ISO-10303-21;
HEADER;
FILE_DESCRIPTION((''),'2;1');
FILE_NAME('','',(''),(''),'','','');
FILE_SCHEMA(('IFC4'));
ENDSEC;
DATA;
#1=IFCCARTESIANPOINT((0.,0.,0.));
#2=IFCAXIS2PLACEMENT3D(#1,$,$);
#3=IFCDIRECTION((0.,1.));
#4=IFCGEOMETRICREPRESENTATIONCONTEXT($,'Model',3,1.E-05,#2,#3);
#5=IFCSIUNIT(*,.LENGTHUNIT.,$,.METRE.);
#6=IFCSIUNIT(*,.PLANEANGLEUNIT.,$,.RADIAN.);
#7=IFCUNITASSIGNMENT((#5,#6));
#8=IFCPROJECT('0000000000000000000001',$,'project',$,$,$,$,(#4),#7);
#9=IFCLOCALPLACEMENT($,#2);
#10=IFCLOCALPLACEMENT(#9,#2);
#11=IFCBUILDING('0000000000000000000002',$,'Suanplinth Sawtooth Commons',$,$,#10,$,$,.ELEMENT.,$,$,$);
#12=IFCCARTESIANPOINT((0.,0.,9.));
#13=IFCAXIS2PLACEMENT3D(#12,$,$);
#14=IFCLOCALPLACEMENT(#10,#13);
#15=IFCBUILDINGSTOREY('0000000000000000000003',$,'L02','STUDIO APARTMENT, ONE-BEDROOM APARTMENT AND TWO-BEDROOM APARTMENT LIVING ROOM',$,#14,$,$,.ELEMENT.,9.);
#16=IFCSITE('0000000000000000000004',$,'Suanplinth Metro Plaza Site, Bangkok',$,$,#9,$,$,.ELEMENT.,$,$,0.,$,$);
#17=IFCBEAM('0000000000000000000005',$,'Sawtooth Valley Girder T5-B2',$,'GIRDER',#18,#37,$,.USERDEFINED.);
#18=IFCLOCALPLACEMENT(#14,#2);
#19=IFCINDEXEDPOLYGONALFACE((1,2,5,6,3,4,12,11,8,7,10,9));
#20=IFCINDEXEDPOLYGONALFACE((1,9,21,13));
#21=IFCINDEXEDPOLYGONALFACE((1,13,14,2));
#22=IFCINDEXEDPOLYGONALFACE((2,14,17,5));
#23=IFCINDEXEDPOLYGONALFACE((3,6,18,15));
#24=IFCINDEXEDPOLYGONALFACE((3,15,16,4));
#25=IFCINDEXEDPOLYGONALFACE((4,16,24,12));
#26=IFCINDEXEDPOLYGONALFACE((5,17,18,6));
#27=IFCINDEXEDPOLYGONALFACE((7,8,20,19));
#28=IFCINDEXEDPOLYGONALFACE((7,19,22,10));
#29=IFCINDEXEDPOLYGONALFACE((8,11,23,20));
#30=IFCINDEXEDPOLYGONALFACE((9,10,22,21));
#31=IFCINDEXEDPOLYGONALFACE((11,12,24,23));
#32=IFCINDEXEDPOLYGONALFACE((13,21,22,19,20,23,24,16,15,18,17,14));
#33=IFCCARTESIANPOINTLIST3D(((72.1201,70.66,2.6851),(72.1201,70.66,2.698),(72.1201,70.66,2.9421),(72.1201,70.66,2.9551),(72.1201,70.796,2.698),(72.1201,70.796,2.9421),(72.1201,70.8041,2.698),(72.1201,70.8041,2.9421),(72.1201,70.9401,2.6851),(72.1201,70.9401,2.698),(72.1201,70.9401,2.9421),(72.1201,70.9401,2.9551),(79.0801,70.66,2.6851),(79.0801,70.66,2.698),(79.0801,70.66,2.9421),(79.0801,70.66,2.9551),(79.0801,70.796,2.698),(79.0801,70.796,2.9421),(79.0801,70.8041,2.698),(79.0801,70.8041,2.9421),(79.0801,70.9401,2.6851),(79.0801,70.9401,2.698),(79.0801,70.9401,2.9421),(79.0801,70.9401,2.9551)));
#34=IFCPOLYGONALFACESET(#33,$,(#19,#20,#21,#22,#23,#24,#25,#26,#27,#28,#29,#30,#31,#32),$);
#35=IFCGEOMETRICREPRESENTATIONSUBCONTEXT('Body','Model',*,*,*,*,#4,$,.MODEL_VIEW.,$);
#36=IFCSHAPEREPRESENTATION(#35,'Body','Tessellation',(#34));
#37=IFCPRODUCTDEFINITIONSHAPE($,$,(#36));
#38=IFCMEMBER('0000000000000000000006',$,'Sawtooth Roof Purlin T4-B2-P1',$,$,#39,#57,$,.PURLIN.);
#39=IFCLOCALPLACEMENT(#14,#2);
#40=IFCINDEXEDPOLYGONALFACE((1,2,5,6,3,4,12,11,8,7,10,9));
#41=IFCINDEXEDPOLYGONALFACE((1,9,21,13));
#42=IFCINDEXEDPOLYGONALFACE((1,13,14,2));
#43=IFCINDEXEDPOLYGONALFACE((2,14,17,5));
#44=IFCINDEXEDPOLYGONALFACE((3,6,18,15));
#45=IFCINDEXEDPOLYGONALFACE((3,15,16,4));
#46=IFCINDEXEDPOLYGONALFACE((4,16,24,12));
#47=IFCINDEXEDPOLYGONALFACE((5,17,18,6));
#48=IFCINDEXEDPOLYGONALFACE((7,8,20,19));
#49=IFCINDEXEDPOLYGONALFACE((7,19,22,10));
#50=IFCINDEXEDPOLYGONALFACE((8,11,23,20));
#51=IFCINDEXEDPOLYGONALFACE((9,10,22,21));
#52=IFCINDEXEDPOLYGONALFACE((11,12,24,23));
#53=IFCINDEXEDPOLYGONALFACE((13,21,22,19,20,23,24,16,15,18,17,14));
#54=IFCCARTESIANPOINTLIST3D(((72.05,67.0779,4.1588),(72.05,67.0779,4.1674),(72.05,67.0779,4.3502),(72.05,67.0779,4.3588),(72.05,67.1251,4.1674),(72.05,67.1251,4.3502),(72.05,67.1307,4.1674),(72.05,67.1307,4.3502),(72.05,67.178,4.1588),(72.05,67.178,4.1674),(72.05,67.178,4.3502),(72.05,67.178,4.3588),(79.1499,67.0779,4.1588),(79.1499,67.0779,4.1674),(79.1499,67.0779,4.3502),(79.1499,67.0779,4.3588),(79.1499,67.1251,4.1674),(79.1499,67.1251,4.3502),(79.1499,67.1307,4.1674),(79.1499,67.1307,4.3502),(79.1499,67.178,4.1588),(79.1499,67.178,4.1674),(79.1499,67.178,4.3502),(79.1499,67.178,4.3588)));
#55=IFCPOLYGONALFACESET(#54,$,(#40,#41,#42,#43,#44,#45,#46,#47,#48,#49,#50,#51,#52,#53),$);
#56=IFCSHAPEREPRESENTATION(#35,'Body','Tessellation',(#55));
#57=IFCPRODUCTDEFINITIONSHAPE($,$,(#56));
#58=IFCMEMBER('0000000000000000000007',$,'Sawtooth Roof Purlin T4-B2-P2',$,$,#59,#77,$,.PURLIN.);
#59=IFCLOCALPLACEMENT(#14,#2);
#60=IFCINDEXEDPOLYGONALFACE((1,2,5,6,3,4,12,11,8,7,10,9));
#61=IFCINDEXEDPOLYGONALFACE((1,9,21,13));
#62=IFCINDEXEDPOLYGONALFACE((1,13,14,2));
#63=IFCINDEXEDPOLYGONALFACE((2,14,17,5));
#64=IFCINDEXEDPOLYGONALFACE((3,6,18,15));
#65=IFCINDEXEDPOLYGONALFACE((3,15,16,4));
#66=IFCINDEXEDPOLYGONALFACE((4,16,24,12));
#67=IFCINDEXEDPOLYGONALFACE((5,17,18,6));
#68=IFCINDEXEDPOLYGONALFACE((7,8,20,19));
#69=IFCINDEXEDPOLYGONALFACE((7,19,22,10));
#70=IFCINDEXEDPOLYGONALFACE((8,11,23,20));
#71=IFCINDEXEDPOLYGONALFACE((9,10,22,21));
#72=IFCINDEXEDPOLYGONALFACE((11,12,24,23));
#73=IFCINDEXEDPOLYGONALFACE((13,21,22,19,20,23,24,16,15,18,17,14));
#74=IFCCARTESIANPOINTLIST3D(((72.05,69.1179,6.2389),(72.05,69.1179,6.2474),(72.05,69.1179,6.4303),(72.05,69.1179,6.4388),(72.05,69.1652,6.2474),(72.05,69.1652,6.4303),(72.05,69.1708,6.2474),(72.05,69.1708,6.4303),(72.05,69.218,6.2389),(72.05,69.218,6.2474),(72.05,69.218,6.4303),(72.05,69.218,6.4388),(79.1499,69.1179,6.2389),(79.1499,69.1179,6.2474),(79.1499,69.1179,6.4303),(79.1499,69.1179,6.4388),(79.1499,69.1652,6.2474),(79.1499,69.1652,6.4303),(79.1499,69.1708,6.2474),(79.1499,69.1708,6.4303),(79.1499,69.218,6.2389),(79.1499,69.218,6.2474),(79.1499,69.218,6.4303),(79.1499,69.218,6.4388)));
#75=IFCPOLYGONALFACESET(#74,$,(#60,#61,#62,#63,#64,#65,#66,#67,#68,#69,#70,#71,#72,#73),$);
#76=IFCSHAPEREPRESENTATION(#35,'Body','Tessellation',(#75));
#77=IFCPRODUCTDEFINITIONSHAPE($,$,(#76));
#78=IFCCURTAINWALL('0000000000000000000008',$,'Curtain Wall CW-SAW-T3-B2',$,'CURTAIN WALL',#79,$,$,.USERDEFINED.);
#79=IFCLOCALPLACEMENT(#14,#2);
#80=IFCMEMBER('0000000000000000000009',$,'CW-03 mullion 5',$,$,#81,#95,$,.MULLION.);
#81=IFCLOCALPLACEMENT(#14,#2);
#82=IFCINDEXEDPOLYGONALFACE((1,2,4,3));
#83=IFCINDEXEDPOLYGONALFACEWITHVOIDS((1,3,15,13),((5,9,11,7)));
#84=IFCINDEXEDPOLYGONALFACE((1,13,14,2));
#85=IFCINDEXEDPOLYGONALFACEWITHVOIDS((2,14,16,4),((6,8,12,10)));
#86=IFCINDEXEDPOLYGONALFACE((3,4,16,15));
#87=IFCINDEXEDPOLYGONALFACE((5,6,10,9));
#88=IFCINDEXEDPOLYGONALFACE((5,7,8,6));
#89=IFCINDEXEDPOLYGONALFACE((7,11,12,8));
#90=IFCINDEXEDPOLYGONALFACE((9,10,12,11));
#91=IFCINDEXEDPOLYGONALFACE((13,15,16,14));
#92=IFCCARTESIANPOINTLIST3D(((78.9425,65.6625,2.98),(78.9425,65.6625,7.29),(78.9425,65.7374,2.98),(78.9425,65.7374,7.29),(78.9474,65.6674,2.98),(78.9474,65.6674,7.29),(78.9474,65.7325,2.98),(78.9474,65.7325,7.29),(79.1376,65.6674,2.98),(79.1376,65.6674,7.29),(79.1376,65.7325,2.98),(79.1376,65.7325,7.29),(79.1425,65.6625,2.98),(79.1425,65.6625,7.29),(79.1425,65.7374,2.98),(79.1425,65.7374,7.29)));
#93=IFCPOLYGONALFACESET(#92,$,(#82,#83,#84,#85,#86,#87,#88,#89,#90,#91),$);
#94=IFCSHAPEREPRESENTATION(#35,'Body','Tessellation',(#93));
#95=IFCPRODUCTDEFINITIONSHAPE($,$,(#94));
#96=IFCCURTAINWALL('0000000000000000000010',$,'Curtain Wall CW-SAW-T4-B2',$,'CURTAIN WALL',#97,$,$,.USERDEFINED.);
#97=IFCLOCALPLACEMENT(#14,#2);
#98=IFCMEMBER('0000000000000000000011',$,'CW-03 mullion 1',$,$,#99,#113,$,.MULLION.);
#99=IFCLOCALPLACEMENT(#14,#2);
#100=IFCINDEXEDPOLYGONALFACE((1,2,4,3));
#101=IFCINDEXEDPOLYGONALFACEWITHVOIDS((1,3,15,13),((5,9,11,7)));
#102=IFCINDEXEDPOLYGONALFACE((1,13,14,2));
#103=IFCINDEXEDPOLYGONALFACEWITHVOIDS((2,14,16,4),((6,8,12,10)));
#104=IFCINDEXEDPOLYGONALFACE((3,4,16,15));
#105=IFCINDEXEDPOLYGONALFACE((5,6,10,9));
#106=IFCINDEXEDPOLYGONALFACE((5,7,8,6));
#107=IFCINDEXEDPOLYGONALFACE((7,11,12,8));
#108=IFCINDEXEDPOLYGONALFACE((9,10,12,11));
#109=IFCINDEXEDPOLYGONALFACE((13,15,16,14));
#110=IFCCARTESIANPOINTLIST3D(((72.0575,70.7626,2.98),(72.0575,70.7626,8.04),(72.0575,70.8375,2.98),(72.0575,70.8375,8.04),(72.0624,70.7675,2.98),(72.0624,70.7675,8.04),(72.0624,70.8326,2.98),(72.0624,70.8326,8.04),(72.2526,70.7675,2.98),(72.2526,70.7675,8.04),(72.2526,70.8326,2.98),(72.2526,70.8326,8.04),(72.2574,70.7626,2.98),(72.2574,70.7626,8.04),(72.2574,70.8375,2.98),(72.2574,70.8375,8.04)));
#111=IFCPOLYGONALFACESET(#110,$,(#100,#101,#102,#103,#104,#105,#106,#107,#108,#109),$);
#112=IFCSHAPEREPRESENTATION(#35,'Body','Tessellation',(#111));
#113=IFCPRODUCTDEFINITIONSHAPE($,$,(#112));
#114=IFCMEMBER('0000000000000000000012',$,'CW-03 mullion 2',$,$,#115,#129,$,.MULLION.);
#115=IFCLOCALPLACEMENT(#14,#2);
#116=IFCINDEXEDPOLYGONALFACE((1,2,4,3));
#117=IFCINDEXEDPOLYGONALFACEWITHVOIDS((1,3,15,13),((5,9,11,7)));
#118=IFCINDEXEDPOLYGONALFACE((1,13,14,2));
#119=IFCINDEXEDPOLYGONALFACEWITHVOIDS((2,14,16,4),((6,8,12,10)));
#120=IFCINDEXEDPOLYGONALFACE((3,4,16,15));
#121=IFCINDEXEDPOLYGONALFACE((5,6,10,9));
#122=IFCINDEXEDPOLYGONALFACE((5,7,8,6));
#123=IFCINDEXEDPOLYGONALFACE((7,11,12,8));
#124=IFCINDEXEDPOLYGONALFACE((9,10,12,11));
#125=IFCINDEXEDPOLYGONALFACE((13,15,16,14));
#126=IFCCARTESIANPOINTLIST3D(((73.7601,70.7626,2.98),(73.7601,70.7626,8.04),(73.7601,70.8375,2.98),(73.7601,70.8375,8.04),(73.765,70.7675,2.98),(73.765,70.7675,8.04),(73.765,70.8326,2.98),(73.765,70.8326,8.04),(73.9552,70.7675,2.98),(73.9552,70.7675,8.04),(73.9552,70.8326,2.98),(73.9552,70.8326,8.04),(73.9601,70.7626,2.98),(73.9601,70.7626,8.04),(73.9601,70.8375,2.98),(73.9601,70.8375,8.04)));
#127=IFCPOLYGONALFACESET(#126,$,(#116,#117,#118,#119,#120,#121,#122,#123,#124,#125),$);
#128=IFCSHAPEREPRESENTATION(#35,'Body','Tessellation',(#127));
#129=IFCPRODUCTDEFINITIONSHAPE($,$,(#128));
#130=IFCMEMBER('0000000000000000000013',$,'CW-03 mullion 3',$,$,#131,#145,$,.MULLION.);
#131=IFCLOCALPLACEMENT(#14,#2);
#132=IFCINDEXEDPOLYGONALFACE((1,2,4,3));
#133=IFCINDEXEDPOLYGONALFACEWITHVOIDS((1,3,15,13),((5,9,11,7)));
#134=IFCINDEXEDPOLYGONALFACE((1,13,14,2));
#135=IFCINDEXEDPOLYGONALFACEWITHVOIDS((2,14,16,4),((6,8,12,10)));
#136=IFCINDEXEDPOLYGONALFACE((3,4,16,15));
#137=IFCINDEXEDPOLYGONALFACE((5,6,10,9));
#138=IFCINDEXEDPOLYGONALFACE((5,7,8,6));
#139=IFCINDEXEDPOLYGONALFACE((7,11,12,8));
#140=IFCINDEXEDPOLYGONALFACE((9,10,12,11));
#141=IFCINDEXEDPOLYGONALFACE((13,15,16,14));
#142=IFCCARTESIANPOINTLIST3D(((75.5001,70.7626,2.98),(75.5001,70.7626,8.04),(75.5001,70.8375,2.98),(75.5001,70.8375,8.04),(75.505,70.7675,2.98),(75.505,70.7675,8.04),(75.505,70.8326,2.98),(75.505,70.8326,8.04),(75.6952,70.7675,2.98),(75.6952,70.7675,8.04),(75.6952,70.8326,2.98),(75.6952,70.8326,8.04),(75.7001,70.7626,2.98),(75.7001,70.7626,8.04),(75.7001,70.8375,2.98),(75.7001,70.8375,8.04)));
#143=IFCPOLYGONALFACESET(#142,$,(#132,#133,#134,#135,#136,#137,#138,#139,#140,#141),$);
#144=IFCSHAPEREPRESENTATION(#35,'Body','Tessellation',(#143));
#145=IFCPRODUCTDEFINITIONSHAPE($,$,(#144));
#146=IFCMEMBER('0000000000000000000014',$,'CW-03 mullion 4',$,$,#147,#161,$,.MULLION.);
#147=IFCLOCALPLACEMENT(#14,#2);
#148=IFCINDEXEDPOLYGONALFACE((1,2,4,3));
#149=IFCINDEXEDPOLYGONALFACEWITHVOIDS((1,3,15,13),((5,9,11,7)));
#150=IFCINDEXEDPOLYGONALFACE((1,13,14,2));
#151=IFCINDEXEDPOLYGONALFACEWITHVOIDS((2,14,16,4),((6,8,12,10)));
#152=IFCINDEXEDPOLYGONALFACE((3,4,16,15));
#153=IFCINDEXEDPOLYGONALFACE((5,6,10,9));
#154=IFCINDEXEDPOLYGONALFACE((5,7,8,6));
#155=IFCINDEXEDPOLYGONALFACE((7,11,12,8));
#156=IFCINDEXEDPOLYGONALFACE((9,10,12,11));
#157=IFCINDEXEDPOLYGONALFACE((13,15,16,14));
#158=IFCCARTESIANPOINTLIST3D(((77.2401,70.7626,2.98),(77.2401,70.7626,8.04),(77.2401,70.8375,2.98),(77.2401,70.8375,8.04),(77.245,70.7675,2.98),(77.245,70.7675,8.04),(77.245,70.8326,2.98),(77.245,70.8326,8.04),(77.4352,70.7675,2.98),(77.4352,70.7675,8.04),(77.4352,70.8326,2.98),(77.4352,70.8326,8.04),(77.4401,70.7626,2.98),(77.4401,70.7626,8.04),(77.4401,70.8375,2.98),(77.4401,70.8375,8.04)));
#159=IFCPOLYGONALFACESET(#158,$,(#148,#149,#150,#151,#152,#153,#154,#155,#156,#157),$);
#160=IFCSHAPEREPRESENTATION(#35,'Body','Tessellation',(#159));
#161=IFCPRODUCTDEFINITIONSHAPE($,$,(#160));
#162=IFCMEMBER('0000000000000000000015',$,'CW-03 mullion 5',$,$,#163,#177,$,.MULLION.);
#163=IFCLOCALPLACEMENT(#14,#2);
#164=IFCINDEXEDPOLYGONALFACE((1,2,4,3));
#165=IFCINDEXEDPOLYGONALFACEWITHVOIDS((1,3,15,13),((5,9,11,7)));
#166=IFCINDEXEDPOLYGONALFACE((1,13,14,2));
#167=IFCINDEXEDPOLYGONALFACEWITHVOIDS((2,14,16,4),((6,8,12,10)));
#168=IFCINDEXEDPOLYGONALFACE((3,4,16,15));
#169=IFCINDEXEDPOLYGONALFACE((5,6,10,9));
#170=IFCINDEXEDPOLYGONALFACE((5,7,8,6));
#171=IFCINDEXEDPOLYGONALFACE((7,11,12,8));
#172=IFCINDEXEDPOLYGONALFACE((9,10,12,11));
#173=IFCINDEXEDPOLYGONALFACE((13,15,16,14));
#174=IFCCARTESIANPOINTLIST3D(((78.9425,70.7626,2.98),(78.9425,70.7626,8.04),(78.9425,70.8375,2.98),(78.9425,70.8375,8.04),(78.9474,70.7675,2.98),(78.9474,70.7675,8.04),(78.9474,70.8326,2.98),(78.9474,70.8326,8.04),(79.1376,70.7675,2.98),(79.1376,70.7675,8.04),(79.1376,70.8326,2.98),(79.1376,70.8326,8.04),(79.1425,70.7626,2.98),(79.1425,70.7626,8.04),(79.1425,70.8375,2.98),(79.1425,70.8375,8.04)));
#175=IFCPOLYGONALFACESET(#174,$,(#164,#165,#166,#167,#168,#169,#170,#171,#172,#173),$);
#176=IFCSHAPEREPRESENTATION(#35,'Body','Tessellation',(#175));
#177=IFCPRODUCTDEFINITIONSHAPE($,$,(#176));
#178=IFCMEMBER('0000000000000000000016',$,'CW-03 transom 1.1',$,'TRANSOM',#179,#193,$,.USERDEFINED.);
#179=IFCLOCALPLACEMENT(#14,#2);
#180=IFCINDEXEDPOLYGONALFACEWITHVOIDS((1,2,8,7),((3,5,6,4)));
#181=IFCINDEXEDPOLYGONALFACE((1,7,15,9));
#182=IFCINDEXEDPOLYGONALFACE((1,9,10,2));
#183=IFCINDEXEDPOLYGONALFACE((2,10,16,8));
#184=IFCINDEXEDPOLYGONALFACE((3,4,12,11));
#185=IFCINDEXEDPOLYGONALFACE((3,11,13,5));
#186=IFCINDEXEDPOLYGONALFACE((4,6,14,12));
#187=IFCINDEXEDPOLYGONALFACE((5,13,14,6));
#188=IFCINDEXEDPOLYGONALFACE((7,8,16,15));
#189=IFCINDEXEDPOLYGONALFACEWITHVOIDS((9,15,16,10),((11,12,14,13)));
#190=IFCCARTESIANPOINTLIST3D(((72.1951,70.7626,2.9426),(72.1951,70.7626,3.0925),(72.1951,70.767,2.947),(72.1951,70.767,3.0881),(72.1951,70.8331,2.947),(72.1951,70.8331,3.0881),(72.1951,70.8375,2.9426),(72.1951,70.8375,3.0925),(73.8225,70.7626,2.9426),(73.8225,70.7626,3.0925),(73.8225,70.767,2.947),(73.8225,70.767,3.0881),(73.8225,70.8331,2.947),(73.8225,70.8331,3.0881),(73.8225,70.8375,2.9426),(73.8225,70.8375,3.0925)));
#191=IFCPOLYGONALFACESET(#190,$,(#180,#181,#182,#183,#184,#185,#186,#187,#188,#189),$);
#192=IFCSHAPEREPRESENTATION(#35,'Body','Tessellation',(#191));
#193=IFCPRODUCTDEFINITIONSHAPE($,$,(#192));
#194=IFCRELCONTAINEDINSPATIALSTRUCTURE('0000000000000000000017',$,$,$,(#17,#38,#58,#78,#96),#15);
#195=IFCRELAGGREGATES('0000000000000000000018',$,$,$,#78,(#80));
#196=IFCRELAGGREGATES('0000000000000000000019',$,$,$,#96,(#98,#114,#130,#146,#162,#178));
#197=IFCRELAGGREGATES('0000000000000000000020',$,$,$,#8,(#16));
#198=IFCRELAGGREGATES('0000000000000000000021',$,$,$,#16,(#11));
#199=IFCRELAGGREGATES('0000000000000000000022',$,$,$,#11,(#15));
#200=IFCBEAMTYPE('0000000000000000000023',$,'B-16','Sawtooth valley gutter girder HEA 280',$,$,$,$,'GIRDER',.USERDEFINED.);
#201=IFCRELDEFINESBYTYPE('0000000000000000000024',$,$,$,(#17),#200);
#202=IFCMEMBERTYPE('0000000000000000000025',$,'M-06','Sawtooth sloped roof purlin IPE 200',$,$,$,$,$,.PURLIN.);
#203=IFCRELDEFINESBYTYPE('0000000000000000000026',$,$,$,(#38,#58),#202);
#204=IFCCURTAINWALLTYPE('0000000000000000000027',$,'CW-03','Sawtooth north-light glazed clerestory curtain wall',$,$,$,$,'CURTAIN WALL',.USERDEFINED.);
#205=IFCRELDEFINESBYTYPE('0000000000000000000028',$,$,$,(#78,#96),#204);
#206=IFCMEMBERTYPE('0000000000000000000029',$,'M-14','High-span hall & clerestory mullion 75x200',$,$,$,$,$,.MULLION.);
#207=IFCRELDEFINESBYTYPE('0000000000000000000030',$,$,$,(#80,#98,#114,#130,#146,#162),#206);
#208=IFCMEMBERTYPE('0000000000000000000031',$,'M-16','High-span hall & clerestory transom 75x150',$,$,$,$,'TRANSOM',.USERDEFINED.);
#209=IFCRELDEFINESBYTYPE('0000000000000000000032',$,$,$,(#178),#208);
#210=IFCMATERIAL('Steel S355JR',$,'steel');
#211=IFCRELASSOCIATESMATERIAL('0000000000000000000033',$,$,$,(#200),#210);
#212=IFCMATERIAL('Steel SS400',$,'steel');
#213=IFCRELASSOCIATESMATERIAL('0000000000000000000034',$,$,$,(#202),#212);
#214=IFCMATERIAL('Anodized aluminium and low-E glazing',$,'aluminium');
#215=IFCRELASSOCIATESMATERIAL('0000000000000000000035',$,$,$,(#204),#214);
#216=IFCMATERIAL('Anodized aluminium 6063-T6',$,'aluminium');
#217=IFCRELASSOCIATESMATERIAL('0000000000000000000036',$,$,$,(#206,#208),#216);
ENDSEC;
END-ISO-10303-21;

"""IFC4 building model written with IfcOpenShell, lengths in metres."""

from ifc_helpers import new_model, si_unit, direction, frame, origin, origin_2d, place, context, subcontext, project, spatial, hollow_rectangle, i_section, extrude, material, material_profile, profile_set, type_object, element, aggregate, save


model = new_model("IFC4")

# Units and contexts
model_context = context("Model", 3, precision=1e-05, world=origin(), true_north=direction((0.0, 1.0)))
body_context = subcontext(model_context, "Body", "Model", "MODEL_VIEW")
ifc_project = project(units=[si_unit("LENGTHUNIT", "METRE"), si_unit("PLANEANGLEUNIT", "RADIAN")], contexts=[model_context])

# Site, building, storey
site_placement = place(None, origin())
site = spatial("IfcSite", under=ifc_project, at=site_placement, Name="Suanplinth Metro Plaza Site, Bangkok", CompositionType="ELEMENT", RefElevation=0.0)
building_placement = place(site_placement, origin())
building = spatial("IfcBuilding", under=site, at=building_placement, Name="Suanplinth Sawtooth Commons", CompositionType="ELEMENT")
storey_placement = place(building_placement, frame((0.0, 0.0, 9.0)))
storey = spatial("IfcBuildingStorey", under=building, at=storey_placement, Name="L02", Description="STUDIO APARTMENT, ONE-BEDROOM APARTMENT AND TWO-BEDROOM APARTMENT LIVING ROOM", CompositionType="ELEMENT", Elevation=9.0)

# Beam
ifc_material_1 = material(Name="Steel S355JR", Category="steel")
ifc_material_profile_1 = material_profile(ifc_material_1, i_section(OverallWidth=0.28, OverallDepth=0.27, WebThickness=0.0081, FlangeThickness=0.0129, at=origin_2d()), Name="HEA 280")
ifc_profile_set_1 = profile_set([ifc_material_profile_1], Name="Steel S355JR")
beam_type = type_object("IfcBeamType", Name="B-16", Description="Sawtooth valley gutter girder HEA 280", ElementType="GIRDER", PredefinedType="USERDEFINED", material=ifc_profile_set_1)
beam_placement = place(storey_placement, frame((72.1201, 70.8, 2.8201), z_axis=(1.0, 0.0, 0.0), x_axis=(0.0, 1.0, 0.0)))
element("IfcBeam", 1, at=beam_placement, inside=storey, type_object=beam_type, Name="Sawtooth Valley Girder T5-B2", ObjectType="GIRDER", PredefinedType="USERDEFINED", context=body_context, shape_type="SweptSolid", body=[
    extrude(i_section(OverallWidth=0.28, OverallDepth=0.27, WebThickness=0.0081, FlangeThickness=0.0129, at=origin_2d()), origin(), (0.0, 0.0, 1.0), 6.96),
])

# Members
ifc_material_2 = material(Name="Steel SS400", Category="steel")
ifc_material_profile_2 = material_profile(ifc_material_2, i_section(OverallWidth=0.1001, OverallDepth=0.2, WebThickness=0.0056, FlangeThickness=0.0085, at=origin_2d()), Name="IPE 200")
ifc_profile_set_2 = profile_set([ifc_material_profile_2], Name="Steel SS400")
member_type_1 = type_object("IfcMemberType", Name="M-06", Description="Sawtooth sloped roof purlin IPE 200", PredefinedType="PURLIN", material=ifc_profile_set_2)
for number, where, z_axis, x_axis, name in (
    (2, (72.05, 67.1279, 4.2588), (1.0, 0.0, 0.0), (0.0, 1.0, 0.0), "Sawtooth Roof Purlin T4-B2-P1"),
    (3, (72.05, 69.168, 6.3389), (1.0, 0.0, 0.0), (0.0, 1.0, 0.0), "Sawtooth Roof Purlin T4-B2-P2"),
):
    element("IfcMember", number, at=place(storey_placement, frame(where, z_axis=z_axis, x_axis=x_axis)), inside=storey, type_object=member_type_1, Name=name, PredefinedType="PURLIN", context=body_context, shape_type="SweptSolid", body=[
        extrude(i_section(OverallWidth=0.1001, OverallDepth=0.2, WebThickness=0.0056, FlangeThickness=0.0085, at=origin_2d()), origin(), (0.0, 0.0, 1.0), 7.0999),
    ])

# Curtain wall, member
ifc_material_3 = material(Name="Anodized aluminium and low-E glazing", Category="aluminium")
curtain_wall_type = type_object("IfcCurtainWallType", Name="CW-03", Description="Sawtooth north-light glazed clerestory curtain wall", ElementType="CURTAIN WALL", PredefinedType="USERDEFINED", material=ifc_material_3)
curtain_wall_1_placement = place(storey_placement, origin())
curtain_wall_1 = element("IfcCurtainWall", 4, at=curtain_wall_1_placement, inside=storey, type_object=curtain_wall_type, Name="Curtain Wall CW-SAW-T3-B2", ObjectType="CURTAIN WALL", PredefinedType="USERDEFINED")
ifc_material_4 = material(Name="Anodized aluminium 6063-T6", Category="aluminium")
ifc_material_profile_3 = material_profile(ifc_material_4, hollow_rectangle(XDim=0.075, YDim=0.2, WallThickness=0.0049, at=origin_2d()), Name="ALU-MUL 75x200")
ifc_profile_set_3 = profile_set([ifc_material_profile_3], Name="Anodized aluminium 6063-T6")
member_type_2 = type_object("IfcMemberType", Name="M-14", Description="High-span hall & clerestory mullion 75x200", PredefinedType="MULLION", material=ifc_profile_set_3)
member_1_placement = place(storey_placement, frame((79.0425, 65.7, 2.98), z_axis=(0.0, 0.0, 1.0), x_axis=(0.0, 1.0, 0.0)))
member_1 = element("IfcMember", 5, at=member_1_placement, type_object=member_type_2, Name="CW-03 mullion 5", PredefinedType="MULLION", context=body_context, shape_type="SweptSolid", body=[
    extrude(hollow_rectangle(XDim=0.075, YDim=0.2, WallThickness=0.0049, at=origin_2d()), origin(), (0.0, 0.0, 1.0), 4.3101),
])

# Curtain wall, members
curtain_wall_2_placement = place(storey_placement, origin())
curtain_wall_2 = element("IfcCurtainWall", 6, at=curtain_wall_2_placement, inside=storey, type_object=curtain_wall_type, Name="Curtain Wall CW-SAW-T4-B2", ObjectType="CURTAIN WALL", PredefinedType="USERDEFINED")
member_2_placement = place(storey_placement, frame((72.1575, 70.8, 2.98), z_axis=(0.0, 0.0, 1.0), x_axis=(0.0, 1.0, 0.0)))
member_2 = element("IfcMember", 7, at=member_2_placement, type_object=member_type_2, Name="CW-03 mullion 1", PredefinedType="MULLION", context=body_context, shape_type="SweptSolid", body=[
    extrude(hollow_rectangle(XDim=0.075, YDim=0.2, WallThickness=0.0049, at=origin_2d()), origin(), (0.0, 0.0, 1.0), 5.0601),
])
member_3_placement = place(storey_placement, frame((73.8601, 70.8, 2.98), z_axis=(0.0, 0.0, 1.0), x_axis=(0.0, 1.0, 0.0)))
member_3 = element("IfcMember", 8, at=member_3_placement, type_object=member_type_2, Name="CW-03 mullion 2", PredefinedType="MULLION", context=body_context, shape_type="SweptSolid", body=[
    extrude(hollow_rectangle(XDim=0.075, YDim=0.2, WallThickness=0.0049, at=origin_2d()), origin(), (0.0, 0.0, 1.0), 5.0601),
])
member_4_placement = place(storey_placement, frame((75.6001, 70.8, 2.98), z_axis=(0.0, 0.0, 1.0), x_axis=(0.0, 1.0, 0.0)))
member_4 = element("IfcMember", 9, at=member_4_placement, type_object=member_type_2, Name="CW-03 mullion 3", PredefinedType="MULLION", context=body_context, shape_type="SweptSolid", body=[
    extrude(hollow_rectangle(XDim=0.075, YDim=0.2, WallThickness=0.0049, at=origin_2d()), origin(), (0.0, 0.0, 1.0), 5.0601),
])
member_5_placement = place(storey_placement, frame((77.3401, 70.8, 2.98), z_axis=(0.0, 0.0, 1.0), x_axis=(0.0, 1.0, 0.0)))
member_5 = element("IfcMember", 10, at=member_5_placement, type_object=member_type_2, Name="CW-03 mullion 4", PredefinedType="MULLION", context=body_context, shape_type="SweptSolid", body=[
    extrude(hollow_rectangle(XDim=0.075, YDim=0.2, WallThickness=0.0049, at=origin_2d()), origin(), (0.0, 0.0, 1.0), 5.0601),
])
member_6_placement = place(storey_placement, frame((79.0425, 70.8, 2.98), z_axis=(0.0, 0.0, 1.0), x_axis=(0.0, 1.0, 0.0)))
member_6 = element("IfcMember", 11, at=member_6_placement, type_object=member_type_2, Name="CW-03 mullion 5", PredefinedType="MULLION", context=body_context, shape_type="SweptSolid", body=[
    extrude(hollow_rectangle(XDim=0.075, YDim=0.2, WallThickness=0.0049, at=origin_2d()), origin(), (0.0, 0.0, 1.0), 5.0601),
])
ifc_material_profile_4 = material_profile(ifc_material_4, hollow_rectangle(XDim=0.075, YDim=0.1499, WallThickness=0.0044, at=origin_2d()), Name="ALU-TRN 75x150")
ifc_profile_set_4 = profile_set([ifc_material_profile_4], Name="Anodized aluminium 6063-T6")
member_type_3 = type_object("IfcMemberType", Name="M-16", Description="High-span hall & clerestory transom 75x150", ElementType="TRANSOM", PredefinedType="USERDEFINED", material=ifc_profile_set_4)
member_7_placement = place(storey_placement, frame((72.1951, 70.8, 3.0176), z_axis=(1.0, 0.0, 0.0), x_axis=(0.0, 1.0, 0.0)))
member_7 = element("IfcMember", 12, at=member_7_placement, type_object=member_type_3, Name="CW-03 transom 1.1", ObjectType="TRANSOM", PredefinedType="USERDEFINED", context=body_context, shape_type="SweptSolid", body=[
    extrude(hollow_rectangle(XDim=0.075, YDim=0.1499, WallThickness=0.0044, at=origin_2d()), origin(), (0.0, 0.0, 1.0), 1.6274),
])

aggregate(curtain_wall_1, [member_1])
aggregate(curtain_wall_2, [member_2, member_3, member_4, member_5, member_6, member_7])

save(model, "model.ifc")
